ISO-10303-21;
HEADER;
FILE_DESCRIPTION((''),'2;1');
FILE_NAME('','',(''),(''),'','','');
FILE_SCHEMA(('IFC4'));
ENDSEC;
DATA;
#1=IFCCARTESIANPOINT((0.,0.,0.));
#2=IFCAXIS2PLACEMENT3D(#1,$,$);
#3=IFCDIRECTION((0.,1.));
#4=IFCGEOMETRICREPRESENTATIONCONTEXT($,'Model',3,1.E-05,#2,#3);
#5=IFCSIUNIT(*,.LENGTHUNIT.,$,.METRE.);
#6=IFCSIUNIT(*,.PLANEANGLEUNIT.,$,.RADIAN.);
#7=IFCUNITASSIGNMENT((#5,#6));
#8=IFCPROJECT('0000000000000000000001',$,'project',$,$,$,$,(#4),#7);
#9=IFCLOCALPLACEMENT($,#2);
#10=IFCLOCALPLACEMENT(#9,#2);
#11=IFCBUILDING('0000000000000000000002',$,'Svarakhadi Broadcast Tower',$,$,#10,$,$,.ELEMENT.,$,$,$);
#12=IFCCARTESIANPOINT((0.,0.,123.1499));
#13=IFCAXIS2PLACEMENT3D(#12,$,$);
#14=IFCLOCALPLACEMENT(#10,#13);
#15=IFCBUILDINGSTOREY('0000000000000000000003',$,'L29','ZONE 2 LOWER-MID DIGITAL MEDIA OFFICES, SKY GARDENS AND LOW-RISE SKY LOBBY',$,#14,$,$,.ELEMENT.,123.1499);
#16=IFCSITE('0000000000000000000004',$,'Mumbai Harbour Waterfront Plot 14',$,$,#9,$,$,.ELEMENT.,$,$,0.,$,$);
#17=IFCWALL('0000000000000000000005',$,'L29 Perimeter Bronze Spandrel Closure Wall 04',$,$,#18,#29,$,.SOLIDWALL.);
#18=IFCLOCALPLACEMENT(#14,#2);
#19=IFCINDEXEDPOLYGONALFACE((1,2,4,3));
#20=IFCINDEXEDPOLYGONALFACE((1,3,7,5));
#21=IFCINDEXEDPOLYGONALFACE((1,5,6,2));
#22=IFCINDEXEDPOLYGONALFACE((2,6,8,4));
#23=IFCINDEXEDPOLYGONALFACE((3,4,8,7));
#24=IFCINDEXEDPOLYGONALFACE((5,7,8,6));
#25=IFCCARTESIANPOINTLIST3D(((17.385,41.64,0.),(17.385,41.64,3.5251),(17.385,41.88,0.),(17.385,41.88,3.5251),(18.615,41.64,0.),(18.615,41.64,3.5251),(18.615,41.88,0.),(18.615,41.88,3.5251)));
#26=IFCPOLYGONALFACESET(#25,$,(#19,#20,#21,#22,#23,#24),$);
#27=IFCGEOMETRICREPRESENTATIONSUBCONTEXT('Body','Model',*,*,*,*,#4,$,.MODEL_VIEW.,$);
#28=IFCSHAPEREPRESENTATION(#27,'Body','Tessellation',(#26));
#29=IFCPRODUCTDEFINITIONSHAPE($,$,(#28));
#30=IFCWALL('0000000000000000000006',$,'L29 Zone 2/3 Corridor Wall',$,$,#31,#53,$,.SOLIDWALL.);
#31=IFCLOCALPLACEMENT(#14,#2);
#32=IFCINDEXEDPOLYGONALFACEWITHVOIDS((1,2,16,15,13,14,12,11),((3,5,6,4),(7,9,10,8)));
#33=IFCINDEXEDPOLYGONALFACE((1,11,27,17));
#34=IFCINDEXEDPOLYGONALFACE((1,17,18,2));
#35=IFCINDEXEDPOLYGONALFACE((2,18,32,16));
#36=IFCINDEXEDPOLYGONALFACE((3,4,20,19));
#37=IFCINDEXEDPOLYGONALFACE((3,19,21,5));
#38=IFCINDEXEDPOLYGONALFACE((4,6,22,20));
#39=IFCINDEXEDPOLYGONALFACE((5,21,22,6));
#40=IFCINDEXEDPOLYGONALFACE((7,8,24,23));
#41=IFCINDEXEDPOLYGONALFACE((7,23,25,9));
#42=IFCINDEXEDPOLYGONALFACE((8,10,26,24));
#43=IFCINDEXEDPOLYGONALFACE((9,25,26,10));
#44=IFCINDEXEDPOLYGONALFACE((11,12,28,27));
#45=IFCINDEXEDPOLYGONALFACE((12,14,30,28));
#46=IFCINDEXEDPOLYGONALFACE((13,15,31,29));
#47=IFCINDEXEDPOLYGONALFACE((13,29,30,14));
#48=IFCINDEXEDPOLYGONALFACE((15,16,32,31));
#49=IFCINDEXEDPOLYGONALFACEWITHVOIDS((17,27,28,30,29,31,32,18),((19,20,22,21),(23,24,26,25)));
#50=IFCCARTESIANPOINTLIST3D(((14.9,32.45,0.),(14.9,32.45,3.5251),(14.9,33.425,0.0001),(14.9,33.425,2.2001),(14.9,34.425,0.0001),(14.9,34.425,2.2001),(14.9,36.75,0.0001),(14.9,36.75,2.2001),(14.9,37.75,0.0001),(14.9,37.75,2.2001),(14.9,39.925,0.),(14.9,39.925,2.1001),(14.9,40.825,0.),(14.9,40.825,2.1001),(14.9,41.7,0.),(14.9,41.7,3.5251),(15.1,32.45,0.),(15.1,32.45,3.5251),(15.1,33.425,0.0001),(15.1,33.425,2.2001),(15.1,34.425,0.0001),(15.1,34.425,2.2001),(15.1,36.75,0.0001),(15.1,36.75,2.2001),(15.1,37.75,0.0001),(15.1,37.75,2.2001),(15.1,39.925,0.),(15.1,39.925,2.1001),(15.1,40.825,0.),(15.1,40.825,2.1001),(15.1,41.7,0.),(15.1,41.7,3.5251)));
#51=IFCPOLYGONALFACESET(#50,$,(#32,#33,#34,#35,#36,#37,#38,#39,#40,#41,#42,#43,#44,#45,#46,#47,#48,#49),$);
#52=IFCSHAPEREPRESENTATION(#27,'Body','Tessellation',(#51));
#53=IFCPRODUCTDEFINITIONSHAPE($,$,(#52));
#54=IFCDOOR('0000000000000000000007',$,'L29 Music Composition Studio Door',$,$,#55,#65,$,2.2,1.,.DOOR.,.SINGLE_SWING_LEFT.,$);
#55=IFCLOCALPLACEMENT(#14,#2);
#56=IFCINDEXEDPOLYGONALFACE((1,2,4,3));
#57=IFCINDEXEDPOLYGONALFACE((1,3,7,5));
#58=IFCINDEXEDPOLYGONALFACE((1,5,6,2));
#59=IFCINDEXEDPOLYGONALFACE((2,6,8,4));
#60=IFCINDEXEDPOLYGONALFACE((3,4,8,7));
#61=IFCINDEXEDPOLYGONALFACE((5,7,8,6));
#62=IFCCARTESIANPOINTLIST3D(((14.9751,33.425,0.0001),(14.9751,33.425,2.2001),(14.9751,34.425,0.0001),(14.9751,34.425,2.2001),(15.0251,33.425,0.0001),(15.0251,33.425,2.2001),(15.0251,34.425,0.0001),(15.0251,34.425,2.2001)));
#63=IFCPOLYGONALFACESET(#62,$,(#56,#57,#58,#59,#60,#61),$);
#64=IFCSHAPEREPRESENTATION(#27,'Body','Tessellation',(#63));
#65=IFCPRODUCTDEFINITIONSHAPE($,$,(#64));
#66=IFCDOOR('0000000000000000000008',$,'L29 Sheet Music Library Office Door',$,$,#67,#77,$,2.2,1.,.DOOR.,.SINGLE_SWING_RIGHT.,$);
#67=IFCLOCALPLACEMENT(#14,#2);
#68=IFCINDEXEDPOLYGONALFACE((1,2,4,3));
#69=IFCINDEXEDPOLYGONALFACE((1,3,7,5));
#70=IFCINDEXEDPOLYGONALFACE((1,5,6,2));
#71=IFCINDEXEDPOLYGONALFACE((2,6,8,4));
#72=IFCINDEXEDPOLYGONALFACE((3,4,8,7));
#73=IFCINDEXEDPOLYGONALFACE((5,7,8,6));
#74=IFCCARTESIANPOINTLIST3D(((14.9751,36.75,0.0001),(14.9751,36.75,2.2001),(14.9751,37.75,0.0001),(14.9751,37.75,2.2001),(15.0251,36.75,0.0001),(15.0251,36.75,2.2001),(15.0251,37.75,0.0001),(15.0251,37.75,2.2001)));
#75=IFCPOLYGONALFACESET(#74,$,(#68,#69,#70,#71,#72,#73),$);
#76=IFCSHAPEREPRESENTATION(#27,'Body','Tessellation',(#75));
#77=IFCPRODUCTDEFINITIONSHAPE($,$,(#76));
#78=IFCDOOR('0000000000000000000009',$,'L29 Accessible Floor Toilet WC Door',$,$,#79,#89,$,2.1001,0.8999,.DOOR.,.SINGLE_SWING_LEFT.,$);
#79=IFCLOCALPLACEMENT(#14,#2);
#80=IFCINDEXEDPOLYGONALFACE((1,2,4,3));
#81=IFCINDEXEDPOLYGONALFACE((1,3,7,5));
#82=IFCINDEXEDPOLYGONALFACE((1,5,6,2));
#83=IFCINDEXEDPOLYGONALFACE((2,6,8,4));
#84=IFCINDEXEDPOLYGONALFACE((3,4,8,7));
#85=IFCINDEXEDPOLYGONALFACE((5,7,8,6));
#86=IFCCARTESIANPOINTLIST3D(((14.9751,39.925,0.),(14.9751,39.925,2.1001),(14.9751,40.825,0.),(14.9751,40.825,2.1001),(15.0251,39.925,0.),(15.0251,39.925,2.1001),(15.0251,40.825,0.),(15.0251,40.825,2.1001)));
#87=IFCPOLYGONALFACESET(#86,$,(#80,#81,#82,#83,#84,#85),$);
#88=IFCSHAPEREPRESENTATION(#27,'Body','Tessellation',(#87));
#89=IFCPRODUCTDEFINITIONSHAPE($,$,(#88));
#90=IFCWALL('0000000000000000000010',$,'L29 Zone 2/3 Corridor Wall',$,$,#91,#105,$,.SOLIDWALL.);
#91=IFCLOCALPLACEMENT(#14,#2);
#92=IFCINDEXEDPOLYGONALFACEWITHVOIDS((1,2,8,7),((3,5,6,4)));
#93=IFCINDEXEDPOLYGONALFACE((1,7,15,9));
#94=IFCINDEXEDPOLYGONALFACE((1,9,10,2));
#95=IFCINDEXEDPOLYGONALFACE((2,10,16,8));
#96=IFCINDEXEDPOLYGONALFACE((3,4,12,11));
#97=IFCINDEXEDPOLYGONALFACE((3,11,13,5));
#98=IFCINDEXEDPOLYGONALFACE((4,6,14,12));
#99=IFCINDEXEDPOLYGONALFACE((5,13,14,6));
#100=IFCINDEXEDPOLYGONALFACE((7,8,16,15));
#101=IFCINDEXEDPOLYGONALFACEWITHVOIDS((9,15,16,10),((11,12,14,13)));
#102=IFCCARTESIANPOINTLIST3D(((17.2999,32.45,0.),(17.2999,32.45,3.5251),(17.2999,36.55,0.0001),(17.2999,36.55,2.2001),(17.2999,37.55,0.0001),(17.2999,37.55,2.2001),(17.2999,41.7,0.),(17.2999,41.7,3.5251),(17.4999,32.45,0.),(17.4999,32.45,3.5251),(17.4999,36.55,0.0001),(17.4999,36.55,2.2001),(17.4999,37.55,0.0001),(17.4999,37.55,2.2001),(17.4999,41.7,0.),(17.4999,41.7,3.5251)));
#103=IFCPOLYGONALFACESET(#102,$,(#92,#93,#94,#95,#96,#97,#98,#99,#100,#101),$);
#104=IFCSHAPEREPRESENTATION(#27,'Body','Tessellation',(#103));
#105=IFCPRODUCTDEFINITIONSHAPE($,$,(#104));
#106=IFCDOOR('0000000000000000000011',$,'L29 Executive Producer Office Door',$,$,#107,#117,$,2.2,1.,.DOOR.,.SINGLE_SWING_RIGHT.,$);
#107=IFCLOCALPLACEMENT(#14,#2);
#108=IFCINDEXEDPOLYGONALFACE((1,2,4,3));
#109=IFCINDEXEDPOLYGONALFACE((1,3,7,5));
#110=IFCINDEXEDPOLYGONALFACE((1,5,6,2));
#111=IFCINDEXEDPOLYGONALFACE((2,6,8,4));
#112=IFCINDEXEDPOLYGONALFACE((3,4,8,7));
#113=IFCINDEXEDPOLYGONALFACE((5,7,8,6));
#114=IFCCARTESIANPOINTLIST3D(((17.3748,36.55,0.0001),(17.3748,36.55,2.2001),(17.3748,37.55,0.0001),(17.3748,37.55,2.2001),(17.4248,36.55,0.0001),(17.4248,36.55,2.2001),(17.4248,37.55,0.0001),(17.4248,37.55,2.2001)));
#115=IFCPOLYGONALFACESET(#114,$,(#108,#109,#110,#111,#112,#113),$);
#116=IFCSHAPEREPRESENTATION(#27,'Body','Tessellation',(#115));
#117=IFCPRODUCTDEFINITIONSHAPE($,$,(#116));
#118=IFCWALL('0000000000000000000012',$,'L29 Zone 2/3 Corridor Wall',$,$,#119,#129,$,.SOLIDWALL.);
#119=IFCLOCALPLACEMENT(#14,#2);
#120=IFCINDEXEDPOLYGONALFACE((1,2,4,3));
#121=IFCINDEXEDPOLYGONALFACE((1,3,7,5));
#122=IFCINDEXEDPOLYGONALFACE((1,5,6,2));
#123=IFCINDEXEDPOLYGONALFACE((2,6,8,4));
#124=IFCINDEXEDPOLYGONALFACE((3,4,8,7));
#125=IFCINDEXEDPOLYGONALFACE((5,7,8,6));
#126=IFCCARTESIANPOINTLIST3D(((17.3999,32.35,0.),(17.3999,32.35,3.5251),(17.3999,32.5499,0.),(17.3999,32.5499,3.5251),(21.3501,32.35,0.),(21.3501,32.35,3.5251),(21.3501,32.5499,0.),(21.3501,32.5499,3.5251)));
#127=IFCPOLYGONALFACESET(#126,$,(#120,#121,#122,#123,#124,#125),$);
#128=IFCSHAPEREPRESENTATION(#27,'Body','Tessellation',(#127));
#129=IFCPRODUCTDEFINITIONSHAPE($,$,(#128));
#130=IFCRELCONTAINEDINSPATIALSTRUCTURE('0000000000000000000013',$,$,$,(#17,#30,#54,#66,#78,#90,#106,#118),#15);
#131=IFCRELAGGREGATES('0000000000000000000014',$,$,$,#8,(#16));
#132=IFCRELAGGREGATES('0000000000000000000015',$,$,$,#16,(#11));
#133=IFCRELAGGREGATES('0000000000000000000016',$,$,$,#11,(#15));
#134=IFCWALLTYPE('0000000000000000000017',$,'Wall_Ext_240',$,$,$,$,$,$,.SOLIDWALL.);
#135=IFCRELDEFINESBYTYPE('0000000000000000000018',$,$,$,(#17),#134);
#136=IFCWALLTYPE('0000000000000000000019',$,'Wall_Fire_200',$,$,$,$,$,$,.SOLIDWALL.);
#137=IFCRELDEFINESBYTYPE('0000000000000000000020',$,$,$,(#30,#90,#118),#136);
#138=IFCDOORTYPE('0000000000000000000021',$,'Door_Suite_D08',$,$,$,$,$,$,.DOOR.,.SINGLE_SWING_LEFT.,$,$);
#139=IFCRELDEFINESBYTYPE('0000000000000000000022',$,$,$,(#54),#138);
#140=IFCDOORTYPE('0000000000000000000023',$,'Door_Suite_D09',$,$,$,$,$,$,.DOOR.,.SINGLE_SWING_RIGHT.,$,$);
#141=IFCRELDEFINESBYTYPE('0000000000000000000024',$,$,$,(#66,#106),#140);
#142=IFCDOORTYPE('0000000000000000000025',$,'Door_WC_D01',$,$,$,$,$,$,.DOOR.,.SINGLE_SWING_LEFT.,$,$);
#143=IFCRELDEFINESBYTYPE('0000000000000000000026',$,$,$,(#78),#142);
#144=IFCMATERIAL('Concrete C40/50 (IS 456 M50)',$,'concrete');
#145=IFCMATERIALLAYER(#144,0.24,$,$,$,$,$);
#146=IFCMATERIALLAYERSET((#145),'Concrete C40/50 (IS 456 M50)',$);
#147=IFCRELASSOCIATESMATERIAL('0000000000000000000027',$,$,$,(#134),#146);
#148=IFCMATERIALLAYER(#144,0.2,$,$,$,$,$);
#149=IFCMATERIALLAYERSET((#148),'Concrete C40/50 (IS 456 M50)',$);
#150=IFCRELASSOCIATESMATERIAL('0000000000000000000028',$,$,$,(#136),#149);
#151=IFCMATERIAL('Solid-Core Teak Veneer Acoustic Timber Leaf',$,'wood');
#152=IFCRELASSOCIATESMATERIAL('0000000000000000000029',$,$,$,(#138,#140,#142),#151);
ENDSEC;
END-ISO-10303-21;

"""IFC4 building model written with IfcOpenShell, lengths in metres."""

from ifc_helpers import new_model, si_unit, direction, frame, frame_2d, origin, place, context, subcontext, project, spatial, rectangle, extrude, material, layer, layer_set, type_object, element, fill, save


model = new_model("IFC4")

# Units and contexts
model_context = context("Model", 3, precision=1e-05, world=origin(), true_north=direction((0.0, 1.0)))
body_context = subcontext(model_context, "Body", "Model", "MODEL_VIEW")
ifc_project = project(units=[si_unit("LENGTHUNIT", "METRE"), si_unit("PLANEANGLEUNIT", "RADIAN")], contexts=[model_context])

# Site, building, storey
site_placement = place(None, origin())
site = spatial("IfcSite", under=ifc_project, at=site_placement, Name="Mumbai Harbour Waterfront Plot 14", CompositionType="ELEMENT", RefElevation=0.0)
building_placement = place(site_placement, origin())
building = spatial("IfcBuilding", under=site, at=building_placement, Name="Svarakhadi Broadcast Tower", CompositionType="ELEMENT")
storey_placement = place(building_placement, frame((0.0, 0.0, 123.1499)))
storey = spatial("IfcBuildingStorey", under=building, at=storey_placement, Name="L29", Description="ZONE 2 LOWER-MID DIGITAL MEDIA OFFICES, SKY GARDENS AND LOW-RISE SKY LOBBY", CompositionType="ELEMENT", Elevation=123.1499)

# Wall
ifc_material_1 = material(Name="Concrete C40/50 (IS 456 M50)", Category="concrete")
ifc_layer_1 = layer(ifc_material_1, 0.24)
ifc_layer_set_1 = layer_set([ifc_layer_1], Name="Concrete C40/50 (IS 456 M50)")
wall_type_1 = type_object("IfcWallType", Name="Wall_Ext_240", PredefinedType="SOLIDWALL", material=ifc_layer_set_1)
wall_1_placement = place(storey_placement, frame((17.385, 41.76, 0.0), z_axis=(0.0, 0.0, 1.0), x_axis=(1.0, 0.0, 0.0)))
element("IfcWall", 1, at=wall_1_placement, inside=storey, type_object=wall_type_1, Name="L29 Perimeter Bronze Spandrel Closure Wall 04", PredefinedType="SOLIDWALL", context=body_context, shape_type="SweptSolid", body=[
    extrude(rectangle(XDim=1.23, YDim=0.24, at=frame_2d((0.615, 0.0))), origin(), (0.0, 0.0, 1.0), 3.5251),
])

# Wall, openings, doors
ifc_layer_2 = layer(ifc_material_1, 0.2)
ifc_layer_set_2 = layer_set([ifc_layer_2], Name="Concrete C40/50 (IS 456 M50)")
wall_type_2 = type_object("IfcWallType", Name="Wall_Fire_200", PredefinedType="SOLIDWALL", material=ifc_layer_set_2)
wall_2_placement = place(storey_placement, frame((15.0, 32.45, 0.0), z_axis=(0.0, 0.0, 1.0), x_axis=(0.0, 1.0, 0.0)))
wall_2 = element("IfcWall", 2, at=wall_2_placement, inside=storey, type_object=wall_type_2, Name="L29 Zone 2/3 Corridor Wall", PredefinedType="SOLIDWALL", context=body_context, shape_type="SweptSolid", body=[
    extrude(rectangle(XDim=9.25, YDim=0.2, at=frame_2d((4.625, 0.0))), origin(), (0.0, 0.0, 1.0), 3.5251),
])
opening_1_placement = place(wall_2_placement, frame((0.9751, 0.0, 0.0)))
opening_1 = element("IfcOpeningElement", 3, at=opening_1_placement, cuts=wall_2, PredefinedType="OPENING", context=body_context, shape_type="SweptSolid", body=[
    extrude(rectangle(XDim=1.0, YDim=2.2, at=frame_2d((0.5, 1.1001))), frame((0.0, 0.1099, 0.0), z_axis=(0.0, -1.0, 0.0), x_axis=(1.0, 0.0, 0.0)), (0.0, 0.0, 1.0), 0.22),
])
opening_2_placement = place(wall_2_placement, frame((4.3, 0.0, 0.0)))
opening_2 = element("IfcOpeningElement", 4, at=opening_2_placement, cuts=wall_2, PredefinedType="OPENING", context=body_context, shape_type="SweptSolid", body=[
    extrude(rectangle(XDim=1.0, YDim=2.2, at=frame_2d((0.5, 1.1001))), frame((0.0, 0.1099, 0.0), z_axis=(0.0, -1.0, 0.0), x_axis=(1.0, 0.0, 0.0)), (0.0, 0.0, 1.0), 0.22),
])
opening_3_placement = place(wall_2_placement, frame((7.4751, 0.0, 0.0)))
opening_3 = element("IfcOpeningElement", 5, at=opening_3_placement, cuts=wall_2, PredefinedType="OPENING", context=body_context, shape_type="SweptSolid", body=[
    extrude(rectangle(XDim=0.8999, YDim=2.1001, at=frame_2d((0.45, 1.05))), frame((0.0, 0.1099, 0.0), z_axis=(0.0, -1.0, 0.0), x_axis=(1.0, 0.0, 0.0)), (0.0, 0.0, 1.0), 0.22),
])
ifc_material_2 = material(Name="Solid-Core Teak Veneer Acoustic Timber Leaf", Category="wood")
door_type_1 = type_object("IfcDoorType", Name="Door_Suite_D08", OperationType="SINGLE_SWING_LEFT", PredefinedType="DOOR", material=ifc_material_2)
door_1_placement = place(opening_1_placement, origin())
door_1 = element("IfcDoor", 6, at=door_1_placement, inside=storey, type_object=door_type_1, Name="L29 Music Composition Studio Door", OperationType="SINGLE_SWING_LEFT", OverallHeight=2.2, OverallWidth=1.0, PredefinedType="DOOR", context=body_context, shape_type="SweptSolid", body=[
    extrude(rectangle(XDim=1.0, YDim=2.2, at=frame_2d((0.5, 1.1001))), frame((0.0, 0.0249, 0.0), z_axis=(0.0, -1.0, 0.0), x_axis=(1.0, 0.0, 0.0)), (0.0, 0.0, 1.0), 0.05),
])
fill(opening_1, door_1)
door_type_2 = type_object("IfcDoorType", Name="Door_Suite_D09", OperationType="SINGLE_SWING_RIGHT", PredefinedType="DOOR", material=ifc_material_2)
door_2_placement = place(opening_2_placement, origin())
door_2 = element("IfcDoor", 7, at=door_2_placement, inside=storey, type_object=door_type_2, Name="L29 Sheet Music Library Office Door", OperationType="SINGLE_SWING_RIGHT", OverallHeight=2.2, OverallWidth=1.0, PredefinedType="DOOR", context=body_context, shape_type="SweptSolid", body=[
    extrude(rectangle(XDim=1.0, YDim=2.2, at=frame_2d((0.5, 1.1001))), frame((0.0, 0.0249, 0.0), z_axis=(0.0, -1.0, 0.0), x_axis=(1.0, 0.0, 0.0)), (0.0, 0.0, 1.0), 0.05),
])
fill(opening_2, door_2)
door_type_3 = type_object("IfcDoorType", Name="Door_WC_D01", OperationType="SINGLE_SWING_LEFT", PredefinedType="DOOR", material=ifc_material_2)
door_3_placement = place(opening_3_placement, origin())
door_3 = element("IfcDoor", 8, at=door_3_placement, inside=storey, type_object=door_type_3, Name="L29 Accessible Floor Toilet WC Door", OperationType="SINGLE_SWING_LEFT", OverallHeight=2.1001, OverallWidth=0.8999, PredefinedType="DOOR", context=body_context, shape_type="SweptSolid", body=[
    extrude(rectangle(XDim=0.8999, YDim=2.1001, at=frame_2d((0.45, 1.05))), frame((0.0, 0.0249, 0.0), z_axis=(0.0, -1.0, 0.0), x_axis=(1.0, 0.0, 0.0)), (0.0, 0.0, 1.0), 0.05),
])
fill(opening_3, door_3)

# Wall, opening, door
wall_3_placement = place(storey_placement, frame((17.3999, 41.7, 0.0), z_axis=(0.0, 0.0, 1.0), x_axis=(0.0, -1.0, 0.0)))
wall_3 = element("IfcWall", 9, at=wall_3_placement, inside=storey, type_object=wall_type_2, Name="L29 Zone 2/3 Corridor Wall", PredefinedType="SOLIDWALL", context=body_context, shape_type="SweptSolid", body=[
    extrude(rectangle(XDim=9.25, YDim=0.2, at=frame_2d((4.625, 0.0))), origin(), (0.0, 0.0, 1.0), 3.5251),
])
opening_4_placement = place(wall_3_placement, frame((4.1499, 0.0, 0.0)))
opening_4 = element("IfcOpeningElement", 10, at=opening_4_placement, cuts=wall_3, PredefinedType="OPENING", context=body_context, shape_type="SweptSolid", body=[
    extrude(rectangle(XDim=1.0, YDim=2.2, at=frame_2d((0.5, 1.1001))), frame((0.0, 0.1099, 0.0), z_axis=(0.0, -1.0, 0.0), x_axis=(1.0, 0.0, 0.0)), (0.0, 0.0, 1.0), 0.22),
])
door_4_placement = place(opening_4_placement, origin())
door_4 = element("IfcDoor", 11, at=door_4_placement, inside=storey, type_object=door_type_2, Name="L29 Executive Producer Office Door", OperationType="SINGLE_SWING_RIGHT", OverallHeight=2.2, OverallWidth=1.0, PredefinedType="DOOR", context=body_context, shape_type="SweptSolid", body=[
    extrude(rectangle(XDim=1.0, YDim=2.2, at=frame_2d((0.5, 1.1001))), frame((0.0, 0.0249, 0.0), z_axis=(0.0, -1.0, 0.0), x_axis=(1.0, 0.0, 0.0)), (0.0, 0.0, 1.0), 0.05),
])
fill(opening_4, door_4)

# Wall
wall_4_placement = place(storey_placement, frame((17.3999, 32.45, 0.0), z_axis=(0.0, 0.0, 1.0), x_axis=(1.0, 0.0, 0.0)))
element("IfcWall", 12, at=wall_4_placement, inside=storey, type_object=wall_type_2, Name="L29 Zone 2/3 Corridor Wall", PredefinedType="SOLIDWALL", context=body_context, shape_type="SweptSolid", body=[
    extrude(rectangle(XDim=3.9502, YDim=0.2, at=frame_2d((1.9751, 0.0))), origin(), (0.0, 0.0, 1.0), 3.5251),
])

save(model, "model.ifc")
